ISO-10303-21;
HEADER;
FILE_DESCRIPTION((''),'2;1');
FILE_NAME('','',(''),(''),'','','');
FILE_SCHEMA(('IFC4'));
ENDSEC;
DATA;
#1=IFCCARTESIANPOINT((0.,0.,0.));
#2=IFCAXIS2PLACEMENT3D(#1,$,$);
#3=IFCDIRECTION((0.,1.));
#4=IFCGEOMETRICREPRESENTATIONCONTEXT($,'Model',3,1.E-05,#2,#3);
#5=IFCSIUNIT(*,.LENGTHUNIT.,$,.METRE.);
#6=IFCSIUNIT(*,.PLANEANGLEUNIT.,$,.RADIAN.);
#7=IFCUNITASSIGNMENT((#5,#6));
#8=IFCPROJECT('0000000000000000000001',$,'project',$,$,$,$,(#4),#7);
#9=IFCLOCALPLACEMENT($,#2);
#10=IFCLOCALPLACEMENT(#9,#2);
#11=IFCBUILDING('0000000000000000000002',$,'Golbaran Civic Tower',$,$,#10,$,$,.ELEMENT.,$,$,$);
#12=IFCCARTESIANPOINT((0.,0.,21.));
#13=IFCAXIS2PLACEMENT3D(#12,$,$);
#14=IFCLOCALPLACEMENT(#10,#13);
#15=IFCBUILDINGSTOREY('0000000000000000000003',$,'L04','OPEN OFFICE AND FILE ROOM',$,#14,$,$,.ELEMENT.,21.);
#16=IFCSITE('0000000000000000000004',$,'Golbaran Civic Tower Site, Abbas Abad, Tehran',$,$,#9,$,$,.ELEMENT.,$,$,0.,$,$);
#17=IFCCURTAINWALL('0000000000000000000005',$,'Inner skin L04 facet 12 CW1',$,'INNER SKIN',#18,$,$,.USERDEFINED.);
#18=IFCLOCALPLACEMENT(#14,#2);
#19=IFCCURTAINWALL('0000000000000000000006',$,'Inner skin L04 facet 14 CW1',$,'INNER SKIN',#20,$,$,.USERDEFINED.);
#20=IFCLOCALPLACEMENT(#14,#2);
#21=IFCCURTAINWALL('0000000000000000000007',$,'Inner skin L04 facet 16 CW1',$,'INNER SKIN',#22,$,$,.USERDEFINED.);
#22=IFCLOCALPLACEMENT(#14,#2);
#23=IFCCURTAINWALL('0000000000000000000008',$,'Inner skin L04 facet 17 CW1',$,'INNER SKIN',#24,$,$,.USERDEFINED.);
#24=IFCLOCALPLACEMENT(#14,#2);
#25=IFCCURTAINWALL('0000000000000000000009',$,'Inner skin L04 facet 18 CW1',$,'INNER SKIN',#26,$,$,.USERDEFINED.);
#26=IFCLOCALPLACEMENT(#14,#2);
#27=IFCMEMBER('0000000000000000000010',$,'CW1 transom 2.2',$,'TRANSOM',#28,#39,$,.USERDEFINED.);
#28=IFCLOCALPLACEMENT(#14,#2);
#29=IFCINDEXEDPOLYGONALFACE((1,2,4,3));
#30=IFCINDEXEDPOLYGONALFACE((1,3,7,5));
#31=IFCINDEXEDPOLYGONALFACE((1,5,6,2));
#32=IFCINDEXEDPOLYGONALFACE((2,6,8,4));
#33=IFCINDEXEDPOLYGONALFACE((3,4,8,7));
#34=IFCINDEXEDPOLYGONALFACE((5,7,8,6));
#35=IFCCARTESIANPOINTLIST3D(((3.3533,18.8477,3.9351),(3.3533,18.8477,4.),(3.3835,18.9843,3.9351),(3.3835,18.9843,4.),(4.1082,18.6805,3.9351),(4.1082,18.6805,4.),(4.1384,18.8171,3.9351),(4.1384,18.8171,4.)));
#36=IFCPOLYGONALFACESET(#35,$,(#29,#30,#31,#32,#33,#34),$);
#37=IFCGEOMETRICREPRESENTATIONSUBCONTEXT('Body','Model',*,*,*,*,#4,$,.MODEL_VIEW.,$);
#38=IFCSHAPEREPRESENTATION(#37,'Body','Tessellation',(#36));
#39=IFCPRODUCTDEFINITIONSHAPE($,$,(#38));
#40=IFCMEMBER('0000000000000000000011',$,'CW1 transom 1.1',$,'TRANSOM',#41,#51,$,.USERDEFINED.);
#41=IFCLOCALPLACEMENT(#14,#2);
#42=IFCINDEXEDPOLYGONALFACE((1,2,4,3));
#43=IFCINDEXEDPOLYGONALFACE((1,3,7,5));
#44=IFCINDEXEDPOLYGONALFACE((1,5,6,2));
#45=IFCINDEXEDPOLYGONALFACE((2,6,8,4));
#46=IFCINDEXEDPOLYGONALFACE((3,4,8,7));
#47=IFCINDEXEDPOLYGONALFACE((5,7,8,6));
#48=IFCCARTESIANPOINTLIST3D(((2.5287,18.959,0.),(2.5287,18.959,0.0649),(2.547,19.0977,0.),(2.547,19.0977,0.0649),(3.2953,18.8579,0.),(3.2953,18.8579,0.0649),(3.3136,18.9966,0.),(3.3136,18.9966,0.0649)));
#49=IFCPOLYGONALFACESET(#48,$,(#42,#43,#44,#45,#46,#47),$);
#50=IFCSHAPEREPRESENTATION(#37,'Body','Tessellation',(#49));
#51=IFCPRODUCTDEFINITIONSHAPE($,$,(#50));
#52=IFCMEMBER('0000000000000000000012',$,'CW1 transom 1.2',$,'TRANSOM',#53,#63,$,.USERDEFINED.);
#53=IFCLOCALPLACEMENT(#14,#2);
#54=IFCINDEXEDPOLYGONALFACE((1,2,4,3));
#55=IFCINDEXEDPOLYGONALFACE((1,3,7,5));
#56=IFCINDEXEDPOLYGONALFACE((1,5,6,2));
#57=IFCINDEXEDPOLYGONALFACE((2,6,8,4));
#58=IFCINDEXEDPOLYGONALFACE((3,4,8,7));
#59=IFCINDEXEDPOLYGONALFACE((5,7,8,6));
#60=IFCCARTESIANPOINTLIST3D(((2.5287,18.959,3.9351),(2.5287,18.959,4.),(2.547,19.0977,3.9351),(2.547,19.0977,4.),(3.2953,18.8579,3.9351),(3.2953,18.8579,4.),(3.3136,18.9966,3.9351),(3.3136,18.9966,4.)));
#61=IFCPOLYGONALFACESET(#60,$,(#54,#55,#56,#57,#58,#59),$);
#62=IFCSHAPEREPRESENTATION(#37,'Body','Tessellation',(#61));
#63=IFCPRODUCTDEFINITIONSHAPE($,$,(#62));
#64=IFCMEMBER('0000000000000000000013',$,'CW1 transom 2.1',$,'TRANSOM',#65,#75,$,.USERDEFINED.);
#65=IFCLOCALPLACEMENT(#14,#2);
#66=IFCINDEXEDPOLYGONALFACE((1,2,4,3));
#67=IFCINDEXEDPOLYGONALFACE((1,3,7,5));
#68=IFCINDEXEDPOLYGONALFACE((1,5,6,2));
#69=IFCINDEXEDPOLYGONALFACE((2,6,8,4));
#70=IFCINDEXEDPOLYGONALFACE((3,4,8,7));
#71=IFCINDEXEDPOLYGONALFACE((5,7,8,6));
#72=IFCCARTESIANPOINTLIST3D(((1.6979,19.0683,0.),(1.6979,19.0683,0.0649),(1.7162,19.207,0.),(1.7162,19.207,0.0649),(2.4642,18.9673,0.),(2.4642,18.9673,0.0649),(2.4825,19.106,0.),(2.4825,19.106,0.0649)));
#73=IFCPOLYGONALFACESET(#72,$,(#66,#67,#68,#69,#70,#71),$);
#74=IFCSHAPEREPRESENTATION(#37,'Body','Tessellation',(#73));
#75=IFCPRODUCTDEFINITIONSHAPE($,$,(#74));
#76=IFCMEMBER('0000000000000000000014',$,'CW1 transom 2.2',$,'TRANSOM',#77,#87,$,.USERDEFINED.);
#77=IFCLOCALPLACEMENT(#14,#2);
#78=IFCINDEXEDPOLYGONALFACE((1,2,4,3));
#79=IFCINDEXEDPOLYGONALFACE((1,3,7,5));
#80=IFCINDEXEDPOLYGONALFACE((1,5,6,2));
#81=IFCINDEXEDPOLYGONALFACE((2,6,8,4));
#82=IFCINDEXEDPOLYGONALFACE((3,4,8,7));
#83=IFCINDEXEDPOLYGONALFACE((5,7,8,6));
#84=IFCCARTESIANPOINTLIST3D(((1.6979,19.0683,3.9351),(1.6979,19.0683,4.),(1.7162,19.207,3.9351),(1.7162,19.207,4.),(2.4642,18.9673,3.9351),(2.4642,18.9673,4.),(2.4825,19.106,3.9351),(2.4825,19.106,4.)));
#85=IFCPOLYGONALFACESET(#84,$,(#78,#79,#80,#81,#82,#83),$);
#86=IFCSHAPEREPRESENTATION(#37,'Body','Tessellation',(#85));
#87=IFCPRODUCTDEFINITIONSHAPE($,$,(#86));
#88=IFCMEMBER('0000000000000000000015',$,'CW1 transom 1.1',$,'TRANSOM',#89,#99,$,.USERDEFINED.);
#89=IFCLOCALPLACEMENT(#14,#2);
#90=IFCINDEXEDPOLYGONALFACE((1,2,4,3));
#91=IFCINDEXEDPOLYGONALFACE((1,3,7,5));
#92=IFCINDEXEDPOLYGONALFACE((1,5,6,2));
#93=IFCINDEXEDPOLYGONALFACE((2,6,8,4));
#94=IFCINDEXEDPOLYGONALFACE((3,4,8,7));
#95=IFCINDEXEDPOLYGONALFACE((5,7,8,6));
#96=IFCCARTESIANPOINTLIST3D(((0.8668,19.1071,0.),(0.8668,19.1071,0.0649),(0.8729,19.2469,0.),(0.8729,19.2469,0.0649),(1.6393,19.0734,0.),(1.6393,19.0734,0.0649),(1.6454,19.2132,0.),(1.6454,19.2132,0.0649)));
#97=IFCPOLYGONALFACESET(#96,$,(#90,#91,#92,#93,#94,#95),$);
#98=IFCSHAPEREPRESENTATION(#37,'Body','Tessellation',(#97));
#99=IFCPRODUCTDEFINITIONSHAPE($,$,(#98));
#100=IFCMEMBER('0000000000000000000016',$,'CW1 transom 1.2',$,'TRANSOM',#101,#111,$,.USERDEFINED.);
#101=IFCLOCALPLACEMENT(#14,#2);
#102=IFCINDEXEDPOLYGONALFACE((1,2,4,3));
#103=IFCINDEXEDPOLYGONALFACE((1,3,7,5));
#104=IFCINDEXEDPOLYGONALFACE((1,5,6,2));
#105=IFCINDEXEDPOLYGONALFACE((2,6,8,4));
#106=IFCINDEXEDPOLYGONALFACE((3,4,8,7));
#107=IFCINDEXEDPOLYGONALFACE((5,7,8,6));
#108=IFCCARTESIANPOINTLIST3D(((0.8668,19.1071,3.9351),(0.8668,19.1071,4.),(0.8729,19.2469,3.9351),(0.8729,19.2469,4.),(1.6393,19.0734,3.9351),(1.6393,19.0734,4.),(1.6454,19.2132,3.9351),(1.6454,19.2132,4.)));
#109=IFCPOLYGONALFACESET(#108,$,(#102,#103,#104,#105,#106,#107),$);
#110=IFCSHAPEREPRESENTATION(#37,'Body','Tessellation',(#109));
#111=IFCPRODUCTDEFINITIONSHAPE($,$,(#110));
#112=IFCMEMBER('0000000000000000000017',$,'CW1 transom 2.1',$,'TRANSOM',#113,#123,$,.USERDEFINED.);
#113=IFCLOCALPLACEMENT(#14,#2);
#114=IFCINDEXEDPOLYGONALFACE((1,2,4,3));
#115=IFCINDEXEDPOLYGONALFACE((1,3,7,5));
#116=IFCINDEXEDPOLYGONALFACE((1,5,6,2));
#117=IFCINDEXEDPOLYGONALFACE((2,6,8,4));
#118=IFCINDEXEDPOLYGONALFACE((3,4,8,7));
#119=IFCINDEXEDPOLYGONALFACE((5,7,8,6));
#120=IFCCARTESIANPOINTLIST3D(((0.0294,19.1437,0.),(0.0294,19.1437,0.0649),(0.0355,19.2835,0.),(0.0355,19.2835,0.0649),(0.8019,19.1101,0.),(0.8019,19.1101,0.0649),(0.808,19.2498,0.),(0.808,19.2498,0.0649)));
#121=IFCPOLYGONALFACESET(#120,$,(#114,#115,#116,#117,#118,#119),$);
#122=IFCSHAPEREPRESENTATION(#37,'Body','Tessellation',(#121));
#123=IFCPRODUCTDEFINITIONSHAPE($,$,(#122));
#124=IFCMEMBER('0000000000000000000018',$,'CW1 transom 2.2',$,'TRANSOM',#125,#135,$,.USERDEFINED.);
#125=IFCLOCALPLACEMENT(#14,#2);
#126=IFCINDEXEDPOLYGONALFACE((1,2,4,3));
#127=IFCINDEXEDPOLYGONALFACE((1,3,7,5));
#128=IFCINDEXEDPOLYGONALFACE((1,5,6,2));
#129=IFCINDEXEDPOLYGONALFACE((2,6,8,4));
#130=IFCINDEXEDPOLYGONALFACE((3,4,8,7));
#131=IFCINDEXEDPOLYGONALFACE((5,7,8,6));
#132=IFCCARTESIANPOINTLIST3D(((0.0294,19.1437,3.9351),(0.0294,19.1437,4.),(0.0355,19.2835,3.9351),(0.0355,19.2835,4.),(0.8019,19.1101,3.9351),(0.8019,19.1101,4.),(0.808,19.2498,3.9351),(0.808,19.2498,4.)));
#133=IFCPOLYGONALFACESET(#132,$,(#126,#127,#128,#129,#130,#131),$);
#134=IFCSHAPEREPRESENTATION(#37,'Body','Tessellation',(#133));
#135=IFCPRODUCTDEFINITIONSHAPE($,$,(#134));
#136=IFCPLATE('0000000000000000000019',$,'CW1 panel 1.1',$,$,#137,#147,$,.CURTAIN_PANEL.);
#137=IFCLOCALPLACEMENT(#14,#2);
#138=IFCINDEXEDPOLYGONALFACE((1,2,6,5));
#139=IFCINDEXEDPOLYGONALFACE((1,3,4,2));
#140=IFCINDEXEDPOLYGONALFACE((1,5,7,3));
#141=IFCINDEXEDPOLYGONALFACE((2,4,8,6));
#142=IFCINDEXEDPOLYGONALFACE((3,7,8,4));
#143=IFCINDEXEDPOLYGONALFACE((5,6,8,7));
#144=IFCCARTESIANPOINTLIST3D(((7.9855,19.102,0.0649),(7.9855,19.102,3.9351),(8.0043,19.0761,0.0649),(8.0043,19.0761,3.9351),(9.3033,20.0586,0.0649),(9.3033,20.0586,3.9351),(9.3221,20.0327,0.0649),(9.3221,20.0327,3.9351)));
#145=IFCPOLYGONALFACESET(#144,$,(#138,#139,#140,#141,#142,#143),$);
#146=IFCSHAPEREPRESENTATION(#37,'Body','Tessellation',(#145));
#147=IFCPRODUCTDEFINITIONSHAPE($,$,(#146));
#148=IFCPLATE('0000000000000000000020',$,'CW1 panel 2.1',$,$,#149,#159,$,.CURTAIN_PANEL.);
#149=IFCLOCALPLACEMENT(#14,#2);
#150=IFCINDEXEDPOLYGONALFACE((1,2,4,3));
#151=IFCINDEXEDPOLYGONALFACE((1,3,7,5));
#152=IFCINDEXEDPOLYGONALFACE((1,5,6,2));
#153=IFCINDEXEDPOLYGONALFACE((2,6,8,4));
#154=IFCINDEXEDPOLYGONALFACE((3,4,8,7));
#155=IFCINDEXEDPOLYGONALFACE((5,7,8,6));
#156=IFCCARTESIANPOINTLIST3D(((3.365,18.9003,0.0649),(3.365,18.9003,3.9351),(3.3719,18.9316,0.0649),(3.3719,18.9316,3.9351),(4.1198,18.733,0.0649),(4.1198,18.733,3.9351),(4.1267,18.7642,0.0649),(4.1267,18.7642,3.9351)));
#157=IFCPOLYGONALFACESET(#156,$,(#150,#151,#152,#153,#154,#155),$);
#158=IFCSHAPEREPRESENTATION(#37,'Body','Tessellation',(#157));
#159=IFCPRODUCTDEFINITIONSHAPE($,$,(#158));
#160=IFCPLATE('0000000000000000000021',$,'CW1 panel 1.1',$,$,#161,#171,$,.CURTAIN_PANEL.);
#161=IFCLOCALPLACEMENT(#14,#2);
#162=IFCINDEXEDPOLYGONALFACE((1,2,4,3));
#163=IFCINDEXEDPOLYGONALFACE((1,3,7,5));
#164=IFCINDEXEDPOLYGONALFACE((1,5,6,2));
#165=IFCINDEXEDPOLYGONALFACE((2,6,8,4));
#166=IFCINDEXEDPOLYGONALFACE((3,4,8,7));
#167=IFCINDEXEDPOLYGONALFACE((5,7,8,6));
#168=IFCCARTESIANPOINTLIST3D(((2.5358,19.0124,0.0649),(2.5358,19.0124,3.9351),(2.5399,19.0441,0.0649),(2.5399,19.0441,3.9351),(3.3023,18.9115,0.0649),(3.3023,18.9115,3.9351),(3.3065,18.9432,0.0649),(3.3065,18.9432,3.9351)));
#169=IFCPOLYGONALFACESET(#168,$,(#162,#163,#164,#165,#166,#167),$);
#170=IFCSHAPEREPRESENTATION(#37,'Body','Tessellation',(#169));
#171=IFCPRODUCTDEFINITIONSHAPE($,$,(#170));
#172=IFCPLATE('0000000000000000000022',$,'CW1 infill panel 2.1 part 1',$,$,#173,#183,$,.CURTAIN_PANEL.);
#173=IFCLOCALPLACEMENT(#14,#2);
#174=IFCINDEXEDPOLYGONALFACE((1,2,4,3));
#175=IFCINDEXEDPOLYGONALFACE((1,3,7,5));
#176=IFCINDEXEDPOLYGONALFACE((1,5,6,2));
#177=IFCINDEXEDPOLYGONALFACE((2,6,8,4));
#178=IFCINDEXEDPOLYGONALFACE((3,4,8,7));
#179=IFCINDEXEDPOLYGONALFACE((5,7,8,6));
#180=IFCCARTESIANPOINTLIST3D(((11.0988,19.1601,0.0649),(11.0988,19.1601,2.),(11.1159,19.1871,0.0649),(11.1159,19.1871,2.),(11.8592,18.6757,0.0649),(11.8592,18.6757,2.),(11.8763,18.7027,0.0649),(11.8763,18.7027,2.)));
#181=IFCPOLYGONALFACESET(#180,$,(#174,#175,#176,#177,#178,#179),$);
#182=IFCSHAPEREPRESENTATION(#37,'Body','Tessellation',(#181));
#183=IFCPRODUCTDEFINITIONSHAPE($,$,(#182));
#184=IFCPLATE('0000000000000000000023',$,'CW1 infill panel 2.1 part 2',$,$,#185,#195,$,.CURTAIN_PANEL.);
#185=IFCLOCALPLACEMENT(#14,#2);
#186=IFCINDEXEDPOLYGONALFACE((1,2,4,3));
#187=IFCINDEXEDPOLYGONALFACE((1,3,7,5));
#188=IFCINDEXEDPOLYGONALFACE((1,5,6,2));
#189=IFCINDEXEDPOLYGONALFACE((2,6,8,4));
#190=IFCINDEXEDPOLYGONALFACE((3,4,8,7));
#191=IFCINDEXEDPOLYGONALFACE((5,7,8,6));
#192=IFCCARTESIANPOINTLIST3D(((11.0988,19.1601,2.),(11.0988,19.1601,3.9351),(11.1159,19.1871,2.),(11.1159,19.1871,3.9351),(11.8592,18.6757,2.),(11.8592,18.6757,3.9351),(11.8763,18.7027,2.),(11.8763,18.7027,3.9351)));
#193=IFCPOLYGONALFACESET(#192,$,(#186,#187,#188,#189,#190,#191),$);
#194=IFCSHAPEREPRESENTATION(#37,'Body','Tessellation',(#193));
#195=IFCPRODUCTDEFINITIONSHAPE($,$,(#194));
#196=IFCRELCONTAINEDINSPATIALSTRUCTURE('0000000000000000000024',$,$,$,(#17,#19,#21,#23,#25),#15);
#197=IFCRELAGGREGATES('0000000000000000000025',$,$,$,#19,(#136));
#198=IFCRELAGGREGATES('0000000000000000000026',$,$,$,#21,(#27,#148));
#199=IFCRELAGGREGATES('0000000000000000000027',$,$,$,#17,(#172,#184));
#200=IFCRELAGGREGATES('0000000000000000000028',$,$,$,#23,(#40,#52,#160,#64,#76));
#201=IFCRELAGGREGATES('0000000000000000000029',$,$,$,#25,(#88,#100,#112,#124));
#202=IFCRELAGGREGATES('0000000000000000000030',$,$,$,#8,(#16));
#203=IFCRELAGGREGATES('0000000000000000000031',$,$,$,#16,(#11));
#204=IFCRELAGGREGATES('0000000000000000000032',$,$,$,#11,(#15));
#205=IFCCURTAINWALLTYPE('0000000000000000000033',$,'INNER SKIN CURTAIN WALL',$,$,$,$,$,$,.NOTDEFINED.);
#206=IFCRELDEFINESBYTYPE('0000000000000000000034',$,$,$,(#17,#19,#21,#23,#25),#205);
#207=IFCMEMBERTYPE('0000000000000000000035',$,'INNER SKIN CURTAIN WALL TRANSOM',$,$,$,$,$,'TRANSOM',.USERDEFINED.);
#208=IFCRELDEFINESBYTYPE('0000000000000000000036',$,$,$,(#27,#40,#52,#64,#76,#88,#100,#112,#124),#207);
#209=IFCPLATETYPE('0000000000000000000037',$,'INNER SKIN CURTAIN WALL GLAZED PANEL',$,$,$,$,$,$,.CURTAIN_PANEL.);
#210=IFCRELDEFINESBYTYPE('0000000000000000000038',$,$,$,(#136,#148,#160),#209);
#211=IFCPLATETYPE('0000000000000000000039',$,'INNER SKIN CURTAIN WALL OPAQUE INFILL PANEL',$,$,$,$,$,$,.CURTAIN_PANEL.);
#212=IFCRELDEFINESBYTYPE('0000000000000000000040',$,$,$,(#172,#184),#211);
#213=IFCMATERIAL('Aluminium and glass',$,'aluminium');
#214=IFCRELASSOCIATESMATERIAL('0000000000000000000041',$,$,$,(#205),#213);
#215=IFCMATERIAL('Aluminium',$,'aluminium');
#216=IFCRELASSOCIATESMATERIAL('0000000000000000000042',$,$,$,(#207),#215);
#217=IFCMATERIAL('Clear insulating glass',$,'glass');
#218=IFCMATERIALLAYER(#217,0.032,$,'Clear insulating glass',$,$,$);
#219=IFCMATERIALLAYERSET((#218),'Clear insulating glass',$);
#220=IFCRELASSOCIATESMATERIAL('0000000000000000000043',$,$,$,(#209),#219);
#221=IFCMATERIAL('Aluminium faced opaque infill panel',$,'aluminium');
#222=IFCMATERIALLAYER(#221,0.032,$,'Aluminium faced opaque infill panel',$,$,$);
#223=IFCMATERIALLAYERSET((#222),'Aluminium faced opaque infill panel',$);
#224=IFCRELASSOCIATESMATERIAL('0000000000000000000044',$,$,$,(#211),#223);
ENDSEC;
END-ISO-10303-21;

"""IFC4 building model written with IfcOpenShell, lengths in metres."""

from ifc_helpers import new_model, si_unit, direction, frame, origin, origin_2d, place, context, subcontext, project, spatial, rectangle, extrude, material, layer, layer_set, material_profile, profile_set, type_object, element, aggregate, save


model = new_model("IFC4")

# Units and contexts
model_context = context("Model", 3, precision=1e-05, world=origin(), true_north=direction((0.0, 1.0)))
body_context = subcontext(model_context, "Body", "Model", "MODEL_VIEW")
ifc_project = project(units=[si_unit("LENGTHUNIT", "METRE"), si_unit("PLANEANGLEUNIT", "RADIAN")], contexts=[model_context])

# Site, building, storey
site_placement = place(None, origin())
site = spatial("IfcSite", under=ifc_project, at=site_placement, Name="Golbaran Civic Tower Site, Abbas Abad, Tehran", CompositionType="ELEMENT", RefElevation=0.0)
building_placement = place(site_placement, origin())
building = spatial("IfcBuilding", under=site, at=building_placement, Name="Golbaran Civic Tower", CompositionType="ELEMENT")
storey_placement = place(building_placement, frame((0.0, 0.0, 21.0)))
storey = spatial("IfcBuildingStorey", under=building, at=storey_placement, Name="L04", Description="OPEN OFFICE AND FILE ROOM", CompositionType="ELEMENT", Elevation=21.0)

# Curtain walls
ifc_material_1 = material(Name="Aluminium and glass", Category="aluminium")
curtain_wall_type = type_object("IfcCurtainWallType", Name="INNER SKIN CURTAIN WALL", PredefinedType="NOTDEFINED", material=ifc_material_1)
curtain_wall_1_placement = place(storey_placement, origin())
curtain_wall_1 = element("IfcCurtainWall", 1, at=curtain_wall_1_placement, inside=storey, type_object=curtain_wall_type, Name="Inner skin L04 facet 12 CW1", ObjectType="INNER SKIN", PredefinedType="USERDEFINED")
ifc_material_2 = material(Name="Aluminium", Category="aluminium")
curtain_wall_2_placement = place(storey_placement, origin())
curtain_wall_2 = element("IfcCurtainWall", 2, at=curtain_wall_2_placement, inside=storey, type_object=curtain_wall_type, Name="Inner skin L04 facet 14 CW1", ObjectType="INNER SKIN", PredefinedType="USERDEFINED")
curtain_wall_3_placement = place(storey_placement, origin())
curtain_wall_3 = element("IfcCurtainWall", 3, at=curtain_wall_3_placement, inside=storey, type_object=curtain_wall_type, Name="Inner skin L04 facet 16 CW1", ObjectType="INNER SKIN", PredefinedType="USERDEFINED")

# Curtain walls
curtain_wall_4_placement = place(storey_placement, origin())
curtain_wall_4 = element("IfcCurtainWall", 4, at=curtain_wall_4_placement, inside=storey, type_object=curtain_wall_type, Name="Inner skin L04 facet 17 CW1", ObjectType="INNER SKIN", PredefinedType="USERDEFINED")
curtain_wall_5_placement = place(storey_placement, origin())
curtain_wall_5 = element("IfcCurtainWall", 5, at=curtain_wall_5_placement, inside=storey, type_object=curtain_wall_type, Name="Inner skin L04 facet 18 CW1", ObjectType="INNER SKIN", PredefinedType="USERDEFINED")

# Members
ifc_material_profile_1 = material_profile(ifc_material_2, rectangle(XDim=0.1399, YDim=0.0649, at=origin_2d()), Name="INNER SKIN CURTAIN WALL TRANSOM")
ifc_profile_set_1 = profile_set([ifc_material_profile_1], Name="Aluminium")
member_type_1 = type_object("IfcMemberType", Name="INNER SKIN CURTAIN WALL TRANSOM", ElementType="TRANSOM", PredefinedType="USERDEFINED", material=ifc_profile_set_1)
member_1_placement = place(storey_placement, frame((4.1233, 18.7488, 3.9675), z_axis=(-0.976328, 0.216295, 0.0), x_axis=(-0.216295, -0.976328, 0.0)))
member_1 = element("IfcMember", 6, at=member_1_placement, type_object=member_type_1, Name="CW1 transom 2.2", ObjectType="TRANSOM", PredefinedType="USERDEFINED", context=body_context, shape_type="SweptSolid", body=[
    extrude(rectangle(XDim=0.1399, YDim=0.0649, at=origin_2d()), origin(), (0.0, 0.0, 1.0), 0.7732),
])
member_2_placement = place(storey_placement, frame((3.3044, 18.9272, 0.0325), z_axis=(-0.99142, 0.130716, 0.0), x_axis=(-0.130716, -0.99142, 0.0)))
member_2 = element("IfcMember", 7, at=member_2_placement, type_object=member_type_1, Name="CW1 transom 1.1", ObjectType="TRANSOM", PredefinedType="USERDEFINED", context=body_context, shape_type="SweptSolid", body=[
    extrude(rectangle(XDim=0.1399, YDim=0.0649, at=origin_2d()), origin(), (0.0, 0.0, 1.0), 0.7732),
])
member_3_placement = place(storey_placement, frame((3.3044, 18.9272, 3.9675), z_axis=(-0.99142, 0.130716, 0.0), x_axis=(-0.130716, -0.99142, 0.0)))
member_3 = element("IfcMember", 8, at=member_3_placement, type_object=member_type_1, Name="CW1 transom 1.2", ObjectType="TRANSOM", PredefinedType="USERDEFINED", context=body_context, shape_type="SweptSolid", body=[
    extrude(rectangle(XDim=0.1399, YDim=0.0649, at=origin_2d()), origin(), (0.0, 0.0, 1.0), 0.7732),
])
member_4_placement = place(storey_placement, frame((2.4734, 19.0366, 0.0325), z_axis=(-0.991414, 0.130757, 0.0), x_axis=(-0.130757, -0.991414, 0.0)))
member_4 = element("IfcMember", 9, at=member_4_placement, type_object=member_type_1, Name="CW1 transom 2.1", ObjectType="TRANSOM", PredefinedType="USERDEFINED", context=body_context, shape_type="SweptSolid", body=[
    extrude(rectangle(XDim=0.1399, YDim=0.0649, at=origin_2d()), origin(), (0.0, 0.0, 1.0), 0.7729),
])
member_5_placement = place(storey_placement, frame((2.4734, 19.0366, 3.9675), z_axis=(-0.991414, 0.130757, 0.0), x_axis=(-0.130757, -0.991414, 0.0)))
member_5 = element("IfcMember", 10, at=member_5_placement, type_object=member_type_1, Name="CW1 transom 2.2", ObjectType="TRANSOM", PredefinedType="USERDEFINED", context=body_context, shape_type="SweptSolid", body=[
    extrude(rectangle(XDim=0.1399, YDim=0.0649, at=origin_2d()), origin(), (0.0, 0.0, 1.0), 0.7729),
])
member_6_placement = place(storey_placement, frame((1.6423, 19.1433, 0.0325), z_axis=(-0.99905, 0.043574, 0.0), x_axis=(-0.043574, -0.99905, 0.0)))
member_6 = element("IfcMember", 11, at=member_6_placement, type_object=member_type_1, Name="CW1 transom 1.1", ObjectType="TRANSOM", PredefinedType="USERDEFINED", context=body_context, shape_type="SweptSolid", body=[
    extrude(rectangle(XDim=0.1399, YDim=0.0649, at=origin_2d()), origin(), (0.0, 0.0, 1.0), 0.7732),
])
member_7_placement = place(storey_placement, frame((1.6423, 19.1433, 3.9675), z_axis=(-0.99905, 0.043574, 0.0), x_axis=(-0.043574, -0.99905, 0.0)))
member_7 = element("IfcMember", 12, at=member_7_placement, type_object=member_type_1, Name="CW1 transom 1.2", ObjectType="TRANSOM", PredefinedType="USERDEFINED", context=body_context, shape_type="SweptSolid", body=[
    extrude(rectangle(XDim=0.1399, YDim=0.0649, at=origin_2d()), origin(), (0.0, 0.0, 1.0), 0.7732),
])
member_8_placement = place(storey_placement, frame((0.8049, 19.1799, 0.0325), z_axis=(-0.99905, 0.043574, 0.0), x_axis=(-0.043574, -0.99905, 0.0)))
member_8 = element("IfcMember", 13, at=member_8_placement, type_object=member_type_1, Name="CW1 transom 2.1", ObjectType="TRANSOM", PredefinedType="USERDEFINED", context=body_context, shape_type="SweptSolid", body=[
    extrude(rectangle(XDim=0.1399, YDim=0.0649, at=origin_2d()), origin(), (0.0, 0.0, 1.0), 0.7732),
])
member_9_placement = place(storey_placement, frame((0.8049, 19.1799, 3.9675), z_axis=(-0.99905, 0.043574, 0.0), x_axis=(-0.043574, -0.99905, 0.0)))
member_9 = element("IfcMember", 14, at=member_9_placement, type_object=member_type_1, Name="CW1 transom 2.2", ObjectType="TRANSOM", PredefinedType="USERDEFINED", context=body_context, shape_type="SweptSolid", body=[
    extrude(rectangle(XDim=0.1399, YDim=0.0649, at=origin_2d()), origin(), (0.0, 0.0, 1.0), 0.7732),
])

# Plates
ifc_material_3 = material(Name="Clear insulating glass", Category="glass")
ifc_layer_1 = layer(ifc_material_3, 0.032, Name="Clear insulating glass")
ifc_layer_set_1 = layer_set([ifc_layer_1], Name="Clear insulating glass")
plate_type_1 = type_object("IfcPlateType", Name="INNER SKIN CURTAIN WALL GLAZED PANEL", PredefinedType="CURTAIN_PANEL", material=ifc_layer_set_1)
plate_1_placement = place(storey_placement, frame((8.6538, 19.5674, 0.0649), z_axis=(0.0, 0.0, 1.0), x_axis=(-0.809274, -0.587431, 0.0)))
plate_1 = element("IfcPlate", 15, at=plate_1_placement, type_object=plate_type_1, Name="CW1 panel 1.1", PredefinedType="CURTAIN_PANEL", context=body_context, shape_type="SweptSolid", body=[
    extrude(rectangle(XDim=1.6284, YDim=0.032, at=origin_2d()), origin(), (0.0, 0.0, 1.0), 3.8701),
])
aggregate(curtain_wall_2, [plate_1])
plate_2_placement = place(storey_placement, frame((3.7458, 18.8323, 0.0649), z_axis=(0.0, 0.0, 1.0), x_axis=(-0.976296, 0.21644, 0.0)))
plate_2 = element("IfcPlate", 16, at=plate_2_placement, type_object=plate_type_1, Name="CW1 panel 2.1", PredefinedType="CURTAIN_PANEL", context=body_context, shape_type="SweptSolid", body=[
    extrude(rectangle(XDim=0.7732, YDim=0.032, at=origin_2d()), origin(), (0.0, 0.0, 1.0), 3.8701),
])
aggregate(curtain_wall_3, [member_1, plate_2])
plate_3_placement = place(storey_placement, frame((2.9211, 18.9778, 0.0649), z_axis=(0.0, 0.0, 1.0), x_axis=(-0.991445, 0.130526, 0.0)))
plate_3 = element("IfcPlate", 17, at=plate_3_placement, type_object=plate_type_1, Name="CW1 panel 1.1", PredefinedType="CURTAIN_PANEL", context=body_context, shape_type="SweptSolid", body=[
    extrude(rectangle(XDim=0.7732, YDim=0.032, at=origin_2d()), origin(), (0.0, 0.0, 1.0), 3.8701),
])
ifc_material_4 = material(Name="Aluminium faced opaque infill panel", Category="aluminium")
ifc_layer_2 = layer(ifc_material_4, 0.032, Name="Aluminium faced opaque infill panel")
ifc_layer_set_2 = layer_set([ifc_layer_2], Name="Aluminium faced opaque infill panel")
plate_type_2 = type_object("IfcPlateType", Name="INNER SKIN CURTAIN WALL OPAQUE INFILL PANEL", PredefinedType="CURTAIN_PANEL", material=ifc_layer_set_2)
plate_4_placement = place(storey_placement, frame((11.4875, 18.9314, 0.0649), z_axis=(0.0, 0.0, 1.0), x_axis=(-0.843391, 0.5373, 0.0)))
plate_4 = element("IfcPlate", 18, at=plate_4_placement, type_object=plate_type_2, Name="CW1 infill panel 2.1 part 1", PredefinedType="CURTAIN_PANEL", context=body_context, shape_type="SweptSolid", body=[
    extrude(rectangle(XDim=0.9016, YDim=0.032, at=origin_2d()), origin(), (0.0, 0.0, 1.0), 1.9351),
])
plate_5_placement = place(storey_placement, frame((11.4875, 18.9314, 2.0), z_axis=(0.0, 0.0, 1.0), x_axis=(-0.843391, 0.5373, 0.0)))
plate_5 = element("IfcPlate", 19, at=plate_5_placement, type_object=plate_type_2, Name="CW1 infill panel 2.1 part 2", PredefinedType="CURTAIN_PANEL", context=body_context, shape_type="SweptSolid", body=[
    extrude(rectangle(XDim=0.9016, YDim=0.032, at=origin_2d()), origin(), (0.0, 0.0, 1.0), 1.9351),
])
aggregate(curtain_wall_1, [plate_4, plate_5])
aggregate(curtain_wall_4, [member_2, member_3, plate_3, member_4, member_5])
aggregate(curtain_wall_5, [member_6, member_7, member_8, member_9])

save(model, "model.ifc")
